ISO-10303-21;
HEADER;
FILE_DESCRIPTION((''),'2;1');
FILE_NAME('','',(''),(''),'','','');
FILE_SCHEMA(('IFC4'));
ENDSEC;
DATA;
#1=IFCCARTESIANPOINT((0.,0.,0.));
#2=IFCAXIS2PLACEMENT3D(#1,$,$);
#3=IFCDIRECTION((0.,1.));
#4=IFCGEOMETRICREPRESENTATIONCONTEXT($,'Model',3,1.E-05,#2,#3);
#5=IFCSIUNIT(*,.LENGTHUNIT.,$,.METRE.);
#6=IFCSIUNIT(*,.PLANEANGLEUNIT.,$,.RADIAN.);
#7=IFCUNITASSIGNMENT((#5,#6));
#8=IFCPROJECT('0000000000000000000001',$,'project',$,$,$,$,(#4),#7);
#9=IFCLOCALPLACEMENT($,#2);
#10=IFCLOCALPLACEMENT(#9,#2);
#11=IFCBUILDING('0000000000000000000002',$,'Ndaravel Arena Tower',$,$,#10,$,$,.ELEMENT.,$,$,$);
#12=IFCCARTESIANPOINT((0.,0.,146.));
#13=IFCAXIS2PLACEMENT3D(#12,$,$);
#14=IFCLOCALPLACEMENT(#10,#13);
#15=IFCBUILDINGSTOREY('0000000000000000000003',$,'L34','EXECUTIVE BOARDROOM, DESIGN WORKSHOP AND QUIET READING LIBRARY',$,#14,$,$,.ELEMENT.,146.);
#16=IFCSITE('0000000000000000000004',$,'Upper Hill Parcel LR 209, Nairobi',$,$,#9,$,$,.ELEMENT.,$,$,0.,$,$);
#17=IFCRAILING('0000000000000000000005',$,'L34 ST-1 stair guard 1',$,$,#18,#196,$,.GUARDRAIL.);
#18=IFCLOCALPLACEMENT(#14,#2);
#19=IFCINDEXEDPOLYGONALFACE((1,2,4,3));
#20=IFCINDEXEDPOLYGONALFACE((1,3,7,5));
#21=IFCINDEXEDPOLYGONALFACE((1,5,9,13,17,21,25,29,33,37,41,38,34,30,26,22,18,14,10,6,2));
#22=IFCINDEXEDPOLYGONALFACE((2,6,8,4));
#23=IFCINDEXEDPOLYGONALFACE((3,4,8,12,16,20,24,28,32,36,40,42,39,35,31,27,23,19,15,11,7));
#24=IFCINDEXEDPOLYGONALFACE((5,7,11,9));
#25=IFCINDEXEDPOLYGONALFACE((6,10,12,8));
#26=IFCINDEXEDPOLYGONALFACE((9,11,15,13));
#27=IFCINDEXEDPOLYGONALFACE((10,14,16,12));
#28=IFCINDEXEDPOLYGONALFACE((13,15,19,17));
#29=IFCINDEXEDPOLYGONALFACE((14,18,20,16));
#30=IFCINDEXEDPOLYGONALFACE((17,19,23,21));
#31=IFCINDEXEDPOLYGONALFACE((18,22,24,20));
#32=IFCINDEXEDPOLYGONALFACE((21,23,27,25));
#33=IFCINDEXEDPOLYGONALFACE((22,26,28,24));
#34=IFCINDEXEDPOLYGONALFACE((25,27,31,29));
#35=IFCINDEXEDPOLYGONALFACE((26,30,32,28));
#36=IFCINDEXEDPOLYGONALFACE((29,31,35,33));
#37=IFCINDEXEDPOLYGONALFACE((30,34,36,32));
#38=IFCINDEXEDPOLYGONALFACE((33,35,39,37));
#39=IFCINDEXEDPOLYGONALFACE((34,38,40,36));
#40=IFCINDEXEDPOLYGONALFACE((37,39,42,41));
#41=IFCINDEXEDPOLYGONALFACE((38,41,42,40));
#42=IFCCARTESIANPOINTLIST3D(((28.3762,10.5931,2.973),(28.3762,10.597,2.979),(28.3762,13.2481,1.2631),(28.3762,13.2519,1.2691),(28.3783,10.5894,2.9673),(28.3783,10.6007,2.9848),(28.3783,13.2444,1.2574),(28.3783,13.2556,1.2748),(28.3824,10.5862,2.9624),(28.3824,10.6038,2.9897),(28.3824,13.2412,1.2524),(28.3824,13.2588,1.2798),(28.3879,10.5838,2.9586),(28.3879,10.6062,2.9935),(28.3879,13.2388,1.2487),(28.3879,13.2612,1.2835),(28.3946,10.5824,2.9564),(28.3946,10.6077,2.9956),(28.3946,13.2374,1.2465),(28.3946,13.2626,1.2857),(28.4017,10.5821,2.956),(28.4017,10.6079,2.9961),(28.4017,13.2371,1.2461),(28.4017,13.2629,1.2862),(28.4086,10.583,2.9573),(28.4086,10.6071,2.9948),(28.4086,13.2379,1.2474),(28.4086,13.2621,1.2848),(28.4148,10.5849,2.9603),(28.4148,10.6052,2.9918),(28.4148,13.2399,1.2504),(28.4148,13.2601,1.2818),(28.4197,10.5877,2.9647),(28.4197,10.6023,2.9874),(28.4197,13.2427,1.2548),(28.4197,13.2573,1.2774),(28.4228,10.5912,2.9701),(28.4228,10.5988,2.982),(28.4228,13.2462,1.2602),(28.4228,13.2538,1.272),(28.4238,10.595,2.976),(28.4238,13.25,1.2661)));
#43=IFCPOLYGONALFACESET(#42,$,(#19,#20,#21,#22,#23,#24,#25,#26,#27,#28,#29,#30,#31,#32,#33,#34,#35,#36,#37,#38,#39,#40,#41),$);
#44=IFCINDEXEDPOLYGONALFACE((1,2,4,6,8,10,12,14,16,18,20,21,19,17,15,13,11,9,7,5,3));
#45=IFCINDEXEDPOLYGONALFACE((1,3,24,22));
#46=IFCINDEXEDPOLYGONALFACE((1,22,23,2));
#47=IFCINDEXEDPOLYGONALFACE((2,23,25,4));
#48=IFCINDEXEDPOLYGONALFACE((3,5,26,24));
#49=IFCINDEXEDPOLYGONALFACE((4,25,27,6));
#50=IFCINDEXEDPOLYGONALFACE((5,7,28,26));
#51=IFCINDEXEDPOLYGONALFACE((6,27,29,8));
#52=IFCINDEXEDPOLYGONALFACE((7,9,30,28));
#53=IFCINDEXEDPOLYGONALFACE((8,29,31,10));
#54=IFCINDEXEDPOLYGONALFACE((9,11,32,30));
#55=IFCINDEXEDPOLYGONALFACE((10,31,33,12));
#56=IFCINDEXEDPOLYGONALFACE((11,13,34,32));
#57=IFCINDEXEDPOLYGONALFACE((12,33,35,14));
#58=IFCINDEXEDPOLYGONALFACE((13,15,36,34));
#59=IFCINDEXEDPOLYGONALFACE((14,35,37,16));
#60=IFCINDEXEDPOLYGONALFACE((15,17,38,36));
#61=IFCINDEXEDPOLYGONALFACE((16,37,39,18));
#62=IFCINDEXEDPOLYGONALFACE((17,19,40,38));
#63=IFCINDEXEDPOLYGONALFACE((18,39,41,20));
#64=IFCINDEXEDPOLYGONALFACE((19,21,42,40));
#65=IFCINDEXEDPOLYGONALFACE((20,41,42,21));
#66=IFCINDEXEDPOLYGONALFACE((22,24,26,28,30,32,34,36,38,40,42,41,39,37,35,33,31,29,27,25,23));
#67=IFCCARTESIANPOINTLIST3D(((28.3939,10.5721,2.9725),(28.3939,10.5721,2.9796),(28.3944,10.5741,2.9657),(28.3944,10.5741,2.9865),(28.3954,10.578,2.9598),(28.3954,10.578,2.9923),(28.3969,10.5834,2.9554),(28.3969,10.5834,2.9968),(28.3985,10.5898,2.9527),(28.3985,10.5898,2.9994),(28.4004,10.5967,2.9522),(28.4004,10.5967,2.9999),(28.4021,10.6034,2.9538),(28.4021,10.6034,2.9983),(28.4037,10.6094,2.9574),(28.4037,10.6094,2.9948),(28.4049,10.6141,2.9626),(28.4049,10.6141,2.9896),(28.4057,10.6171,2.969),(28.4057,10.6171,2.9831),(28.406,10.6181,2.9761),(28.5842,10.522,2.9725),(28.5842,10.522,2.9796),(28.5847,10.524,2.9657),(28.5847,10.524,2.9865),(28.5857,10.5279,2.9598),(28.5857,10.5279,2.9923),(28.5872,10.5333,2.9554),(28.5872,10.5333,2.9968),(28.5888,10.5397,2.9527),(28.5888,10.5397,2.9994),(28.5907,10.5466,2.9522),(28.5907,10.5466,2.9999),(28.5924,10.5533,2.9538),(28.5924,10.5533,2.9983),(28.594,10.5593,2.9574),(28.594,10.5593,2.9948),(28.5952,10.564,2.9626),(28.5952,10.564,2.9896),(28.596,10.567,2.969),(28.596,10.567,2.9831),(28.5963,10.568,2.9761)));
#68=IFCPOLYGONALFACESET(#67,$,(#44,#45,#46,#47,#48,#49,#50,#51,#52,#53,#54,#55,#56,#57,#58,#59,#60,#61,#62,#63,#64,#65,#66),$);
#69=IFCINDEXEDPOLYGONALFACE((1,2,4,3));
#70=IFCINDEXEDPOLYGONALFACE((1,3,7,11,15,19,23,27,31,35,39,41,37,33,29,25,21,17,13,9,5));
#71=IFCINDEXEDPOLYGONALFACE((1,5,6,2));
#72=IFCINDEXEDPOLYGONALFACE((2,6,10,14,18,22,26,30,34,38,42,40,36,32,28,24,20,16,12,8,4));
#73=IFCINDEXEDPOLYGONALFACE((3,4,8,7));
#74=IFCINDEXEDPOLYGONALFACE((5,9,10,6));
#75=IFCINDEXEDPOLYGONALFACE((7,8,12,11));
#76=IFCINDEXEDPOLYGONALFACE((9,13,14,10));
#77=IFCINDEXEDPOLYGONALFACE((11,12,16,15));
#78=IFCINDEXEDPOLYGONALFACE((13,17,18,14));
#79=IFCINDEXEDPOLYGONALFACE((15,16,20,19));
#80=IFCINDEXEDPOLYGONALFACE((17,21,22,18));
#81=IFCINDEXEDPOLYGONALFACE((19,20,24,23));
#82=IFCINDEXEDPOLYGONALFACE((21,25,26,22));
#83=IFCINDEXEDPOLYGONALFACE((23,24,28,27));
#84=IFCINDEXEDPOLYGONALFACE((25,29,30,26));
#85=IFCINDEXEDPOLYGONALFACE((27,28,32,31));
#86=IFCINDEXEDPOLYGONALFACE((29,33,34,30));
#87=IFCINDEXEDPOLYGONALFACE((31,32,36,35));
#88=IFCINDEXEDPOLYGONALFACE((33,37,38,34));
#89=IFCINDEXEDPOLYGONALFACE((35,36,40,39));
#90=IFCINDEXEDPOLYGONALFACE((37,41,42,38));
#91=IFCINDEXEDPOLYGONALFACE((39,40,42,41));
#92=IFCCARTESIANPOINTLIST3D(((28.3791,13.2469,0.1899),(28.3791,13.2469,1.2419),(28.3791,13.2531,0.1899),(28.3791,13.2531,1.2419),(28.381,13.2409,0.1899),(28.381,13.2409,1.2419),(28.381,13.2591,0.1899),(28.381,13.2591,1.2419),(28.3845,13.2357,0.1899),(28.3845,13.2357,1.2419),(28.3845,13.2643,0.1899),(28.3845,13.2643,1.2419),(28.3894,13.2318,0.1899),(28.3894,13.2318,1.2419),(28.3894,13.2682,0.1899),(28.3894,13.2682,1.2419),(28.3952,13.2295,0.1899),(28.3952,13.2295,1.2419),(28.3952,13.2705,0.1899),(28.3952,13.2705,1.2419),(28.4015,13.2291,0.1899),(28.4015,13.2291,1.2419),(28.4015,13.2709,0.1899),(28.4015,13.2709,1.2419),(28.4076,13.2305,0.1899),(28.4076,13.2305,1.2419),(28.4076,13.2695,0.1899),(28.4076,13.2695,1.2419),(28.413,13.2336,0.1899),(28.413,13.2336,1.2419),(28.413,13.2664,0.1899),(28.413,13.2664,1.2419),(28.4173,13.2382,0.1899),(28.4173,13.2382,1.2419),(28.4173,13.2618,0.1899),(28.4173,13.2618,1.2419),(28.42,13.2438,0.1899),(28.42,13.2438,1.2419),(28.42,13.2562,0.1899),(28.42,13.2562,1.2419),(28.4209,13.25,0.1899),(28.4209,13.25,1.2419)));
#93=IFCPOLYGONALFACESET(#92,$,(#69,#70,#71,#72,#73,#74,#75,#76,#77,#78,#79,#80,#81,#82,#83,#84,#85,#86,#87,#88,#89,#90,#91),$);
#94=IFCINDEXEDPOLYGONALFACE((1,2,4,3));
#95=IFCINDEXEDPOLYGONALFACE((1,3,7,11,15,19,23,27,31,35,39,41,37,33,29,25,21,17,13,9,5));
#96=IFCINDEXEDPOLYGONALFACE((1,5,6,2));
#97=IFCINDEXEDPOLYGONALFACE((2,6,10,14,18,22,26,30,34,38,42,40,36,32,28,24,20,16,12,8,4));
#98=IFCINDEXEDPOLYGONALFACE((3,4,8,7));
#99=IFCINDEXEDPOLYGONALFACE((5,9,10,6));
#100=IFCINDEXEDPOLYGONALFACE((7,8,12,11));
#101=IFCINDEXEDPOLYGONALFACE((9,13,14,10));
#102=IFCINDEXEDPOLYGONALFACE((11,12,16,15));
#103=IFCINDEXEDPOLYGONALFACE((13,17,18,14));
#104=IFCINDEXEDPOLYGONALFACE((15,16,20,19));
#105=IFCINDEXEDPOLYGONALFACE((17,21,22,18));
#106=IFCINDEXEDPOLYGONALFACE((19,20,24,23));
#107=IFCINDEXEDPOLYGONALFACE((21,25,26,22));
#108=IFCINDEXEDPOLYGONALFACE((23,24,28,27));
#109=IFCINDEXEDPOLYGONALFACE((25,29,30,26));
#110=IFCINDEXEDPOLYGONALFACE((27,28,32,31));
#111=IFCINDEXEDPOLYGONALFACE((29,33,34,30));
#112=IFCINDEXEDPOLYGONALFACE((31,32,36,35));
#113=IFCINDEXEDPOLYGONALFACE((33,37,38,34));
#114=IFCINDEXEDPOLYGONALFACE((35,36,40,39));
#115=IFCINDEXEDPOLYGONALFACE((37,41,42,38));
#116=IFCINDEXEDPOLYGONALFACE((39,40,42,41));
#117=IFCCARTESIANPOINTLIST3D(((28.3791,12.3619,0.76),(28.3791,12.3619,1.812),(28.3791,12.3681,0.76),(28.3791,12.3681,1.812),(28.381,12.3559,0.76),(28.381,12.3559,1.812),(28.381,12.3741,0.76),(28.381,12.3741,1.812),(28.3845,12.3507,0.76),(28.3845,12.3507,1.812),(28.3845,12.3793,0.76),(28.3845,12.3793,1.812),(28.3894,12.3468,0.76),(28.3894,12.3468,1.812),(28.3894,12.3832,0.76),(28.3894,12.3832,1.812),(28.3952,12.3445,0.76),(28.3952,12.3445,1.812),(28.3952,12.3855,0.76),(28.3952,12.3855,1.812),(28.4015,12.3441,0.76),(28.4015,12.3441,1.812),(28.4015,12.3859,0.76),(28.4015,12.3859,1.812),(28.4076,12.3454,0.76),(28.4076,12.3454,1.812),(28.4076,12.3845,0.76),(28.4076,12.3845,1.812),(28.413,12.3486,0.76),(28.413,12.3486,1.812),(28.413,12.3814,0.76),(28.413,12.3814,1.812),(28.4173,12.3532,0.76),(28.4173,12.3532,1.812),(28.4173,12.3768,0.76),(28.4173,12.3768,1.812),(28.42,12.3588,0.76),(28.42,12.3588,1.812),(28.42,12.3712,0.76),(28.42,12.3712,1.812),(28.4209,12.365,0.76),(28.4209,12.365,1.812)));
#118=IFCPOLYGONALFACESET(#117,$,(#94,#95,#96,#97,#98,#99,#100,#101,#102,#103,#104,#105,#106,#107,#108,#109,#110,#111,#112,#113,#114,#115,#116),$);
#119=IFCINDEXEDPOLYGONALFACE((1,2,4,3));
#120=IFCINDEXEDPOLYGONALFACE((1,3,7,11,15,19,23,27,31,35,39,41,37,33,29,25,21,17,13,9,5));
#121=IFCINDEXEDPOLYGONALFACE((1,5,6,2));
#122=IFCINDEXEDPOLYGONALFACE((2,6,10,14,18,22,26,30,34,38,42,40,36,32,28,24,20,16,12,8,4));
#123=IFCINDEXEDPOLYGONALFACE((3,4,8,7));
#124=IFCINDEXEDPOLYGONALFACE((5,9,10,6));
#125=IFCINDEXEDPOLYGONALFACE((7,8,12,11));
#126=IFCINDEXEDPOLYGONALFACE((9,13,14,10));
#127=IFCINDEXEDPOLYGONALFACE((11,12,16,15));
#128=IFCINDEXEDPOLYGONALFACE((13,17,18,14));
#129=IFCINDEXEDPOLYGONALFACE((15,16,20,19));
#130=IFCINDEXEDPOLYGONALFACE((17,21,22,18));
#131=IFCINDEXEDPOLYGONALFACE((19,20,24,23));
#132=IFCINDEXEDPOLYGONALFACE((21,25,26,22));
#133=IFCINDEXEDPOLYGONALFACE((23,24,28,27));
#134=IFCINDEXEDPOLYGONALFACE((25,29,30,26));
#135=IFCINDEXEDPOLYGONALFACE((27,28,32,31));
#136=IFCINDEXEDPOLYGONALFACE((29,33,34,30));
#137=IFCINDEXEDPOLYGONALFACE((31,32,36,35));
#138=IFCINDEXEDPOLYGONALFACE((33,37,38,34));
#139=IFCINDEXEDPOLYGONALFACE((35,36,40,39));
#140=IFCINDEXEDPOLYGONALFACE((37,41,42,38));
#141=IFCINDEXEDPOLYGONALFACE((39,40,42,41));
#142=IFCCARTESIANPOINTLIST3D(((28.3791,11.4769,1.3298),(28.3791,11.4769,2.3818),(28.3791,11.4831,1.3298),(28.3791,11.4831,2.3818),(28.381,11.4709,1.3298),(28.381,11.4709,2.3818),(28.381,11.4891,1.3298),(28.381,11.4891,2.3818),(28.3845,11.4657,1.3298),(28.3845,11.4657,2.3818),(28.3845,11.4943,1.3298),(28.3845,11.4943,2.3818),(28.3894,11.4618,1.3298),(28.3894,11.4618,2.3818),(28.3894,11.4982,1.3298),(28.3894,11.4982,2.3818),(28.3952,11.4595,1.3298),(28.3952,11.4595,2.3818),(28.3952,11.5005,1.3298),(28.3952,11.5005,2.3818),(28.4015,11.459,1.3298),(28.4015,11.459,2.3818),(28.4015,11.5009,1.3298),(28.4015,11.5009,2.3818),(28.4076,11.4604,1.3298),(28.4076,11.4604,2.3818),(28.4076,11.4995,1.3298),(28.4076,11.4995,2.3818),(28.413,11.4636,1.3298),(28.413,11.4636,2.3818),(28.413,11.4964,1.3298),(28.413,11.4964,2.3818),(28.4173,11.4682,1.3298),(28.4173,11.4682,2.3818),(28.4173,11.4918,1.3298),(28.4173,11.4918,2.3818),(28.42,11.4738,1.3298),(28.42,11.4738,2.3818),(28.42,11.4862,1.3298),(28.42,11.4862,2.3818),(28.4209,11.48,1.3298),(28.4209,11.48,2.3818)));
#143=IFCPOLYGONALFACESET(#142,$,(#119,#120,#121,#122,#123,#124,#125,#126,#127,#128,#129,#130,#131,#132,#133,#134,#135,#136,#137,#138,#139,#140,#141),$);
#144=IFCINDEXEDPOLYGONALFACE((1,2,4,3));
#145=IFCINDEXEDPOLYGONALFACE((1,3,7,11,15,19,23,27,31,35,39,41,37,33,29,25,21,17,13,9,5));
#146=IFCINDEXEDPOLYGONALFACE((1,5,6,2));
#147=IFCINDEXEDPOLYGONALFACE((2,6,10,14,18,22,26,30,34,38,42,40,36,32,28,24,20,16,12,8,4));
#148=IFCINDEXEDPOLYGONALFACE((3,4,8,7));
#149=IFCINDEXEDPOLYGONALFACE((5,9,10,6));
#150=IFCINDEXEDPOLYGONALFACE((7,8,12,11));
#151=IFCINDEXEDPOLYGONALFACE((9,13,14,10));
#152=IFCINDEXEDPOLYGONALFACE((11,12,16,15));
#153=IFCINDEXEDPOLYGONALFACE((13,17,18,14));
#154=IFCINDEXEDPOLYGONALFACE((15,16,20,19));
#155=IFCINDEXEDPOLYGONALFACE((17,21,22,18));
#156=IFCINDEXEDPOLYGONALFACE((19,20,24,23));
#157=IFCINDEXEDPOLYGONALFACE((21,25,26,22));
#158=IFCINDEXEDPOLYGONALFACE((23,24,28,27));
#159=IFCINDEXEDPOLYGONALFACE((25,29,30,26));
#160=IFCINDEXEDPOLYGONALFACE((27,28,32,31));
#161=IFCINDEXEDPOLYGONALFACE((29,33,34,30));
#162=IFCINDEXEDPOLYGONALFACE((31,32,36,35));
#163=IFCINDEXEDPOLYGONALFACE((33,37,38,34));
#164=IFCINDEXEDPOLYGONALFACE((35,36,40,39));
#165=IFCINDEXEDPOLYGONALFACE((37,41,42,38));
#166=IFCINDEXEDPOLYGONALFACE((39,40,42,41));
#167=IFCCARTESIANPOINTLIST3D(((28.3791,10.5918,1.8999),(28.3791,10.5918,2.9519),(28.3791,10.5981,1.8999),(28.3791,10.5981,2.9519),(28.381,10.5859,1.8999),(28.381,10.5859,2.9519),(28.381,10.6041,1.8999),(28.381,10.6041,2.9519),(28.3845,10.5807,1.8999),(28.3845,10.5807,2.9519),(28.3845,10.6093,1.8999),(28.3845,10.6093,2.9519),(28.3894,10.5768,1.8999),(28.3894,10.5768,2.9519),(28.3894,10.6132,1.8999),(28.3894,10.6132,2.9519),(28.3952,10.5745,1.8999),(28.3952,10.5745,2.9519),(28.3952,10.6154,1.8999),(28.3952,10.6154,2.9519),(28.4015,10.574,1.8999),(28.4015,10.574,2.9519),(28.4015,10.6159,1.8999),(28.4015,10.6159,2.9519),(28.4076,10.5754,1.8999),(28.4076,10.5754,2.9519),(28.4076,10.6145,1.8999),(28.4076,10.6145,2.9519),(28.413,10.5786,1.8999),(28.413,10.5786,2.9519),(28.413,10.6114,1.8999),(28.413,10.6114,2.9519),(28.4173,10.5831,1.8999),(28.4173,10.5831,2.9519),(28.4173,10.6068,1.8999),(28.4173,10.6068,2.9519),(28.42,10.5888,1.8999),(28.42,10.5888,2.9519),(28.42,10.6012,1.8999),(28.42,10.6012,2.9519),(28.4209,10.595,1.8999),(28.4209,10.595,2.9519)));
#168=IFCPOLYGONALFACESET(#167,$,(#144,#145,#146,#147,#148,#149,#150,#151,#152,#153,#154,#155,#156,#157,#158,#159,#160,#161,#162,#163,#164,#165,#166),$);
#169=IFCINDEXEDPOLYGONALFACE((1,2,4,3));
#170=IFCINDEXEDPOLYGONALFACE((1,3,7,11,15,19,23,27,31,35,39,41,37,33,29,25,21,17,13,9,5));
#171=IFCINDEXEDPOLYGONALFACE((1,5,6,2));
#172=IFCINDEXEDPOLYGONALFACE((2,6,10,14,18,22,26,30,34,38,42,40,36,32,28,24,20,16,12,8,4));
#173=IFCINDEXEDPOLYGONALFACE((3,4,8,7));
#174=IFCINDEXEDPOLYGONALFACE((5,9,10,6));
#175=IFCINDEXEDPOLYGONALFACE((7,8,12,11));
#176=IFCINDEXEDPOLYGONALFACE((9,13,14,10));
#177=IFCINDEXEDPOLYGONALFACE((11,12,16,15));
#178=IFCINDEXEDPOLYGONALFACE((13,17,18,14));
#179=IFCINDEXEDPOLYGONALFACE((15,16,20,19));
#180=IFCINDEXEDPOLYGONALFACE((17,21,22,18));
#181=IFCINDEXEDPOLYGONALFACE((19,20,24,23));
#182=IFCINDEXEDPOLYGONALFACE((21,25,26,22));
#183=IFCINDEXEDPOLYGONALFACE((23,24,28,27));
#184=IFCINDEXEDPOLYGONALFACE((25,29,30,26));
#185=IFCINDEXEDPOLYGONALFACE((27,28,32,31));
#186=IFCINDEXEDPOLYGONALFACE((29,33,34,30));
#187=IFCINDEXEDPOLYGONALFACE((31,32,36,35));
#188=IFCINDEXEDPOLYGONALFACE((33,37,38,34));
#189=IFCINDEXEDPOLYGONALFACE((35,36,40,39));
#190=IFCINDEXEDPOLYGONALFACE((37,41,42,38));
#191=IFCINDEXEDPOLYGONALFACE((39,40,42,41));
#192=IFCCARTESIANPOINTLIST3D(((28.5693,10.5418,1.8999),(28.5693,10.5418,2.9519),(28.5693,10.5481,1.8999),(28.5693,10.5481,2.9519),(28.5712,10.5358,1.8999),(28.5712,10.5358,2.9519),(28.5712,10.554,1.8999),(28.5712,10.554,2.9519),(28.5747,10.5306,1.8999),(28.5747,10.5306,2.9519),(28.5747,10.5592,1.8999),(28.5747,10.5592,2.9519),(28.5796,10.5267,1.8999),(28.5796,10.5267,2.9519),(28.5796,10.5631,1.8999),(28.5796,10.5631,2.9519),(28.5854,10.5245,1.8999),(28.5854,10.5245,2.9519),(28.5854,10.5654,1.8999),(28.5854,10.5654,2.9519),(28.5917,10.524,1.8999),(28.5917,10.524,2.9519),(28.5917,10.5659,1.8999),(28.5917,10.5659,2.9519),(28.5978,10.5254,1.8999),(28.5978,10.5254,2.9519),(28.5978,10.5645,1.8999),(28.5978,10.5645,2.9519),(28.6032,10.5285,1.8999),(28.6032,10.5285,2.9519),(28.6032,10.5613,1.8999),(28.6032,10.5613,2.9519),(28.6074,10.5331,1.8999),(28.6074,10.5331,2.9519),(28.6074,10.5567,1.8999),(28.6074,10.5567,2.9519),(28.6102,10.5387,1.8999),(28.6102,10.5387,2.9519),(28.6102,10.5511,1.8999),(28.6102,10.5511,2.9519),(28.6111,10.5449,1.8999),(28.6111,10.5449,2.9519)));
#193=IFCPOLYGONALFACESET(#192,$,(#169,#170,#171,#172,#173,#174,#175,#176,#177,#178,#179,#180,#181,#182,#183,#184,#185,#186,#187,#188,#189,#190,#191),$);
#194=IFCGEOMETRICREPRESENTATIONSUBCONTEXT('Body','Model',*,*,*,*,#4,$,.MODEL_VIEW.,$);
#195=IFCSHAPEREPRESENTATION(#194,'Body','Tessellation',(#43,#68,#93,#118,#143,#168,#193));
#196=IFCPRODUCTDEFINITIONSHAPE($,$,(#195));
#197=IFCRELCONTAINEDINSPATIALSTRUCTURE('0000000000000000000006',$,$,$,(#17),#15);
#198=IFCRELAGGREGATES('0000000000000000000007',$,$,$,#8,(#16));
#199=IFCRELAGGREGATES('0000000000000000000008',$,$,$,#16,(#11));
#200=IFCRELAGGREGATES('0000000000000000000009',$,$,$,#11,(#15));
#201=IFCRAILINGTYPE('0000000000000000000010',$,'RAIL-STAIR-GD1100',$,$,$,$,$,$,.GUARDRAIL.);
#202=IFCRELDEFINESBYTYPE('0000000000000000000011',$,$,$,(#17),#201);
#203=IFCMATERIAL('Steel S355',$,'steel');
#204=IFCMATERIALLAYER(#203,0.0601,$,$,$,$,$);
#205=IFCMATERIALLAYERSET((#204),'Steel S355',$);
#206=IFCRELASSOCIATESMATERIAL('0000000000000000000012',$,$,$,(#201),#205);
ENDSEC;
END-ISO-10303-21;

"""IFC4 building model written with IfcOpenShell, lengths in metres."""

from ifc_helpers import new_model, si_unit, direction, frame, origin, origin_2d, place, context, subcontext, project, spatial, circle, extrude, material, layer, layer_set, type_object, element, save


model = new_model("IFC4")

# Units and contexts
model_context = context("Model", 3, precision=1e-05, world=origin(), true_north=direction((0.0, 1.0)))
body_context = subcontext(model_context, "Body", "Model", "MODEL_VIEW")
ifc_project = project(units=[si_unit("LENGTHUNIT", "METRE"), si_unit("PLANEANGLEUNIT", "RADIAN")], contexts=[model_context])

# Site, building, storey
site_placement = place(None, origin())
site = spatial("IfcSite", under=ifc_project, at=site_placement, Name="Upper Hill Parcel LR 209, Nairobi", CompositionType="ELEMENT", RefElevation=0.0)
building_placement = place(site_placement, origin())
building = spatial("IfcBuilding", under=site, at=building_placement, Name="Ndaravel Arena Tower", CompositionType="ELEMENT")
storey_placement = place(building_placement, frame((0.0, 0.0, 146.0)))
storey = spatial("IfcBuildingStorey", under=building, at=storey_placement, Name="L34", Description="EXECUTIVE BOARDROOM, DESIGN WORKSHOP AND QUIET READING LIBRARY", CompositionType="ELEMENT", Elevation=146.0)

# Railing
ifc_material_1 = material(Name="Steel S355", Category="steel")
ifc_layer_1 = layer(ifc_material_1, 0.0601)
ifc_layer_set_1 = layer_set([ifc_layer_1], Name="Steel S355")
railing_type_1 = type_object("IfcRailingType", Name="RAIL-STAIR-GD1100", PredefinedType="GUARDRAIL", material=ifc_layer_set_1)
railing_1_placement = place(storey_placement, frame((28.3999, 13.25, 0.1899)))
element("IfcRailing", 1, at=railing_1_placement, inside=storey, type_object=railing_type_1, Name="L34 ST-1 stair guard 1", PredefinedType="GUARDRAIL", context=body_context, shape_type="SweptSolid", body=[
    extrude(circle(Radius=0.0239, at=origin_2d()), frame((0.0, 0.0, 1.0762), z_axis=(0.0, -0.840724, 0.541465), x_axis=(1.0, 0.0, 0.0)), (0.0, 0.0, 1.0), 3.158),
    extrude(circle(Radius=0.0239, at=origin_2d()), frame((0.0, -2.655, 2.7861), z_axis=(0.967075, -0.254493, 0.0), x_axis=(0.254493, 0.967075, 0.0)), (0.0, 0.0, 1.0), 0.1968),
    extrude(circle(Radius=0.021, at=origin_2d()), origin(), (0.0, 0.0, 1.0), 1.052),
    extrude(circle(Radius=0.021, at=origin_2d()), frame((0.0, -0.885, 0.5701)), (0.0, 0.0, 1.0), 1.052),
    extrude(circle(Radius=0.021, at=origin_2d()), frame((0.0, -1.77, 1.1399)), (0.0, 0.0, 1.0), 1.052),
    extrude(circle(Radius=0.021, at=origin_2d()), frame((0.0, -2.655, 1.71)), (0.0, 0.0, 1.0), 1.052),
    extrude(circle(Radius=0.021, at=origin_2d()), frame((0.1902, -2.7051, 1.71)), (0.0, 0.0, 1.0), 1.052),
])

save(model, "model.ifc")
